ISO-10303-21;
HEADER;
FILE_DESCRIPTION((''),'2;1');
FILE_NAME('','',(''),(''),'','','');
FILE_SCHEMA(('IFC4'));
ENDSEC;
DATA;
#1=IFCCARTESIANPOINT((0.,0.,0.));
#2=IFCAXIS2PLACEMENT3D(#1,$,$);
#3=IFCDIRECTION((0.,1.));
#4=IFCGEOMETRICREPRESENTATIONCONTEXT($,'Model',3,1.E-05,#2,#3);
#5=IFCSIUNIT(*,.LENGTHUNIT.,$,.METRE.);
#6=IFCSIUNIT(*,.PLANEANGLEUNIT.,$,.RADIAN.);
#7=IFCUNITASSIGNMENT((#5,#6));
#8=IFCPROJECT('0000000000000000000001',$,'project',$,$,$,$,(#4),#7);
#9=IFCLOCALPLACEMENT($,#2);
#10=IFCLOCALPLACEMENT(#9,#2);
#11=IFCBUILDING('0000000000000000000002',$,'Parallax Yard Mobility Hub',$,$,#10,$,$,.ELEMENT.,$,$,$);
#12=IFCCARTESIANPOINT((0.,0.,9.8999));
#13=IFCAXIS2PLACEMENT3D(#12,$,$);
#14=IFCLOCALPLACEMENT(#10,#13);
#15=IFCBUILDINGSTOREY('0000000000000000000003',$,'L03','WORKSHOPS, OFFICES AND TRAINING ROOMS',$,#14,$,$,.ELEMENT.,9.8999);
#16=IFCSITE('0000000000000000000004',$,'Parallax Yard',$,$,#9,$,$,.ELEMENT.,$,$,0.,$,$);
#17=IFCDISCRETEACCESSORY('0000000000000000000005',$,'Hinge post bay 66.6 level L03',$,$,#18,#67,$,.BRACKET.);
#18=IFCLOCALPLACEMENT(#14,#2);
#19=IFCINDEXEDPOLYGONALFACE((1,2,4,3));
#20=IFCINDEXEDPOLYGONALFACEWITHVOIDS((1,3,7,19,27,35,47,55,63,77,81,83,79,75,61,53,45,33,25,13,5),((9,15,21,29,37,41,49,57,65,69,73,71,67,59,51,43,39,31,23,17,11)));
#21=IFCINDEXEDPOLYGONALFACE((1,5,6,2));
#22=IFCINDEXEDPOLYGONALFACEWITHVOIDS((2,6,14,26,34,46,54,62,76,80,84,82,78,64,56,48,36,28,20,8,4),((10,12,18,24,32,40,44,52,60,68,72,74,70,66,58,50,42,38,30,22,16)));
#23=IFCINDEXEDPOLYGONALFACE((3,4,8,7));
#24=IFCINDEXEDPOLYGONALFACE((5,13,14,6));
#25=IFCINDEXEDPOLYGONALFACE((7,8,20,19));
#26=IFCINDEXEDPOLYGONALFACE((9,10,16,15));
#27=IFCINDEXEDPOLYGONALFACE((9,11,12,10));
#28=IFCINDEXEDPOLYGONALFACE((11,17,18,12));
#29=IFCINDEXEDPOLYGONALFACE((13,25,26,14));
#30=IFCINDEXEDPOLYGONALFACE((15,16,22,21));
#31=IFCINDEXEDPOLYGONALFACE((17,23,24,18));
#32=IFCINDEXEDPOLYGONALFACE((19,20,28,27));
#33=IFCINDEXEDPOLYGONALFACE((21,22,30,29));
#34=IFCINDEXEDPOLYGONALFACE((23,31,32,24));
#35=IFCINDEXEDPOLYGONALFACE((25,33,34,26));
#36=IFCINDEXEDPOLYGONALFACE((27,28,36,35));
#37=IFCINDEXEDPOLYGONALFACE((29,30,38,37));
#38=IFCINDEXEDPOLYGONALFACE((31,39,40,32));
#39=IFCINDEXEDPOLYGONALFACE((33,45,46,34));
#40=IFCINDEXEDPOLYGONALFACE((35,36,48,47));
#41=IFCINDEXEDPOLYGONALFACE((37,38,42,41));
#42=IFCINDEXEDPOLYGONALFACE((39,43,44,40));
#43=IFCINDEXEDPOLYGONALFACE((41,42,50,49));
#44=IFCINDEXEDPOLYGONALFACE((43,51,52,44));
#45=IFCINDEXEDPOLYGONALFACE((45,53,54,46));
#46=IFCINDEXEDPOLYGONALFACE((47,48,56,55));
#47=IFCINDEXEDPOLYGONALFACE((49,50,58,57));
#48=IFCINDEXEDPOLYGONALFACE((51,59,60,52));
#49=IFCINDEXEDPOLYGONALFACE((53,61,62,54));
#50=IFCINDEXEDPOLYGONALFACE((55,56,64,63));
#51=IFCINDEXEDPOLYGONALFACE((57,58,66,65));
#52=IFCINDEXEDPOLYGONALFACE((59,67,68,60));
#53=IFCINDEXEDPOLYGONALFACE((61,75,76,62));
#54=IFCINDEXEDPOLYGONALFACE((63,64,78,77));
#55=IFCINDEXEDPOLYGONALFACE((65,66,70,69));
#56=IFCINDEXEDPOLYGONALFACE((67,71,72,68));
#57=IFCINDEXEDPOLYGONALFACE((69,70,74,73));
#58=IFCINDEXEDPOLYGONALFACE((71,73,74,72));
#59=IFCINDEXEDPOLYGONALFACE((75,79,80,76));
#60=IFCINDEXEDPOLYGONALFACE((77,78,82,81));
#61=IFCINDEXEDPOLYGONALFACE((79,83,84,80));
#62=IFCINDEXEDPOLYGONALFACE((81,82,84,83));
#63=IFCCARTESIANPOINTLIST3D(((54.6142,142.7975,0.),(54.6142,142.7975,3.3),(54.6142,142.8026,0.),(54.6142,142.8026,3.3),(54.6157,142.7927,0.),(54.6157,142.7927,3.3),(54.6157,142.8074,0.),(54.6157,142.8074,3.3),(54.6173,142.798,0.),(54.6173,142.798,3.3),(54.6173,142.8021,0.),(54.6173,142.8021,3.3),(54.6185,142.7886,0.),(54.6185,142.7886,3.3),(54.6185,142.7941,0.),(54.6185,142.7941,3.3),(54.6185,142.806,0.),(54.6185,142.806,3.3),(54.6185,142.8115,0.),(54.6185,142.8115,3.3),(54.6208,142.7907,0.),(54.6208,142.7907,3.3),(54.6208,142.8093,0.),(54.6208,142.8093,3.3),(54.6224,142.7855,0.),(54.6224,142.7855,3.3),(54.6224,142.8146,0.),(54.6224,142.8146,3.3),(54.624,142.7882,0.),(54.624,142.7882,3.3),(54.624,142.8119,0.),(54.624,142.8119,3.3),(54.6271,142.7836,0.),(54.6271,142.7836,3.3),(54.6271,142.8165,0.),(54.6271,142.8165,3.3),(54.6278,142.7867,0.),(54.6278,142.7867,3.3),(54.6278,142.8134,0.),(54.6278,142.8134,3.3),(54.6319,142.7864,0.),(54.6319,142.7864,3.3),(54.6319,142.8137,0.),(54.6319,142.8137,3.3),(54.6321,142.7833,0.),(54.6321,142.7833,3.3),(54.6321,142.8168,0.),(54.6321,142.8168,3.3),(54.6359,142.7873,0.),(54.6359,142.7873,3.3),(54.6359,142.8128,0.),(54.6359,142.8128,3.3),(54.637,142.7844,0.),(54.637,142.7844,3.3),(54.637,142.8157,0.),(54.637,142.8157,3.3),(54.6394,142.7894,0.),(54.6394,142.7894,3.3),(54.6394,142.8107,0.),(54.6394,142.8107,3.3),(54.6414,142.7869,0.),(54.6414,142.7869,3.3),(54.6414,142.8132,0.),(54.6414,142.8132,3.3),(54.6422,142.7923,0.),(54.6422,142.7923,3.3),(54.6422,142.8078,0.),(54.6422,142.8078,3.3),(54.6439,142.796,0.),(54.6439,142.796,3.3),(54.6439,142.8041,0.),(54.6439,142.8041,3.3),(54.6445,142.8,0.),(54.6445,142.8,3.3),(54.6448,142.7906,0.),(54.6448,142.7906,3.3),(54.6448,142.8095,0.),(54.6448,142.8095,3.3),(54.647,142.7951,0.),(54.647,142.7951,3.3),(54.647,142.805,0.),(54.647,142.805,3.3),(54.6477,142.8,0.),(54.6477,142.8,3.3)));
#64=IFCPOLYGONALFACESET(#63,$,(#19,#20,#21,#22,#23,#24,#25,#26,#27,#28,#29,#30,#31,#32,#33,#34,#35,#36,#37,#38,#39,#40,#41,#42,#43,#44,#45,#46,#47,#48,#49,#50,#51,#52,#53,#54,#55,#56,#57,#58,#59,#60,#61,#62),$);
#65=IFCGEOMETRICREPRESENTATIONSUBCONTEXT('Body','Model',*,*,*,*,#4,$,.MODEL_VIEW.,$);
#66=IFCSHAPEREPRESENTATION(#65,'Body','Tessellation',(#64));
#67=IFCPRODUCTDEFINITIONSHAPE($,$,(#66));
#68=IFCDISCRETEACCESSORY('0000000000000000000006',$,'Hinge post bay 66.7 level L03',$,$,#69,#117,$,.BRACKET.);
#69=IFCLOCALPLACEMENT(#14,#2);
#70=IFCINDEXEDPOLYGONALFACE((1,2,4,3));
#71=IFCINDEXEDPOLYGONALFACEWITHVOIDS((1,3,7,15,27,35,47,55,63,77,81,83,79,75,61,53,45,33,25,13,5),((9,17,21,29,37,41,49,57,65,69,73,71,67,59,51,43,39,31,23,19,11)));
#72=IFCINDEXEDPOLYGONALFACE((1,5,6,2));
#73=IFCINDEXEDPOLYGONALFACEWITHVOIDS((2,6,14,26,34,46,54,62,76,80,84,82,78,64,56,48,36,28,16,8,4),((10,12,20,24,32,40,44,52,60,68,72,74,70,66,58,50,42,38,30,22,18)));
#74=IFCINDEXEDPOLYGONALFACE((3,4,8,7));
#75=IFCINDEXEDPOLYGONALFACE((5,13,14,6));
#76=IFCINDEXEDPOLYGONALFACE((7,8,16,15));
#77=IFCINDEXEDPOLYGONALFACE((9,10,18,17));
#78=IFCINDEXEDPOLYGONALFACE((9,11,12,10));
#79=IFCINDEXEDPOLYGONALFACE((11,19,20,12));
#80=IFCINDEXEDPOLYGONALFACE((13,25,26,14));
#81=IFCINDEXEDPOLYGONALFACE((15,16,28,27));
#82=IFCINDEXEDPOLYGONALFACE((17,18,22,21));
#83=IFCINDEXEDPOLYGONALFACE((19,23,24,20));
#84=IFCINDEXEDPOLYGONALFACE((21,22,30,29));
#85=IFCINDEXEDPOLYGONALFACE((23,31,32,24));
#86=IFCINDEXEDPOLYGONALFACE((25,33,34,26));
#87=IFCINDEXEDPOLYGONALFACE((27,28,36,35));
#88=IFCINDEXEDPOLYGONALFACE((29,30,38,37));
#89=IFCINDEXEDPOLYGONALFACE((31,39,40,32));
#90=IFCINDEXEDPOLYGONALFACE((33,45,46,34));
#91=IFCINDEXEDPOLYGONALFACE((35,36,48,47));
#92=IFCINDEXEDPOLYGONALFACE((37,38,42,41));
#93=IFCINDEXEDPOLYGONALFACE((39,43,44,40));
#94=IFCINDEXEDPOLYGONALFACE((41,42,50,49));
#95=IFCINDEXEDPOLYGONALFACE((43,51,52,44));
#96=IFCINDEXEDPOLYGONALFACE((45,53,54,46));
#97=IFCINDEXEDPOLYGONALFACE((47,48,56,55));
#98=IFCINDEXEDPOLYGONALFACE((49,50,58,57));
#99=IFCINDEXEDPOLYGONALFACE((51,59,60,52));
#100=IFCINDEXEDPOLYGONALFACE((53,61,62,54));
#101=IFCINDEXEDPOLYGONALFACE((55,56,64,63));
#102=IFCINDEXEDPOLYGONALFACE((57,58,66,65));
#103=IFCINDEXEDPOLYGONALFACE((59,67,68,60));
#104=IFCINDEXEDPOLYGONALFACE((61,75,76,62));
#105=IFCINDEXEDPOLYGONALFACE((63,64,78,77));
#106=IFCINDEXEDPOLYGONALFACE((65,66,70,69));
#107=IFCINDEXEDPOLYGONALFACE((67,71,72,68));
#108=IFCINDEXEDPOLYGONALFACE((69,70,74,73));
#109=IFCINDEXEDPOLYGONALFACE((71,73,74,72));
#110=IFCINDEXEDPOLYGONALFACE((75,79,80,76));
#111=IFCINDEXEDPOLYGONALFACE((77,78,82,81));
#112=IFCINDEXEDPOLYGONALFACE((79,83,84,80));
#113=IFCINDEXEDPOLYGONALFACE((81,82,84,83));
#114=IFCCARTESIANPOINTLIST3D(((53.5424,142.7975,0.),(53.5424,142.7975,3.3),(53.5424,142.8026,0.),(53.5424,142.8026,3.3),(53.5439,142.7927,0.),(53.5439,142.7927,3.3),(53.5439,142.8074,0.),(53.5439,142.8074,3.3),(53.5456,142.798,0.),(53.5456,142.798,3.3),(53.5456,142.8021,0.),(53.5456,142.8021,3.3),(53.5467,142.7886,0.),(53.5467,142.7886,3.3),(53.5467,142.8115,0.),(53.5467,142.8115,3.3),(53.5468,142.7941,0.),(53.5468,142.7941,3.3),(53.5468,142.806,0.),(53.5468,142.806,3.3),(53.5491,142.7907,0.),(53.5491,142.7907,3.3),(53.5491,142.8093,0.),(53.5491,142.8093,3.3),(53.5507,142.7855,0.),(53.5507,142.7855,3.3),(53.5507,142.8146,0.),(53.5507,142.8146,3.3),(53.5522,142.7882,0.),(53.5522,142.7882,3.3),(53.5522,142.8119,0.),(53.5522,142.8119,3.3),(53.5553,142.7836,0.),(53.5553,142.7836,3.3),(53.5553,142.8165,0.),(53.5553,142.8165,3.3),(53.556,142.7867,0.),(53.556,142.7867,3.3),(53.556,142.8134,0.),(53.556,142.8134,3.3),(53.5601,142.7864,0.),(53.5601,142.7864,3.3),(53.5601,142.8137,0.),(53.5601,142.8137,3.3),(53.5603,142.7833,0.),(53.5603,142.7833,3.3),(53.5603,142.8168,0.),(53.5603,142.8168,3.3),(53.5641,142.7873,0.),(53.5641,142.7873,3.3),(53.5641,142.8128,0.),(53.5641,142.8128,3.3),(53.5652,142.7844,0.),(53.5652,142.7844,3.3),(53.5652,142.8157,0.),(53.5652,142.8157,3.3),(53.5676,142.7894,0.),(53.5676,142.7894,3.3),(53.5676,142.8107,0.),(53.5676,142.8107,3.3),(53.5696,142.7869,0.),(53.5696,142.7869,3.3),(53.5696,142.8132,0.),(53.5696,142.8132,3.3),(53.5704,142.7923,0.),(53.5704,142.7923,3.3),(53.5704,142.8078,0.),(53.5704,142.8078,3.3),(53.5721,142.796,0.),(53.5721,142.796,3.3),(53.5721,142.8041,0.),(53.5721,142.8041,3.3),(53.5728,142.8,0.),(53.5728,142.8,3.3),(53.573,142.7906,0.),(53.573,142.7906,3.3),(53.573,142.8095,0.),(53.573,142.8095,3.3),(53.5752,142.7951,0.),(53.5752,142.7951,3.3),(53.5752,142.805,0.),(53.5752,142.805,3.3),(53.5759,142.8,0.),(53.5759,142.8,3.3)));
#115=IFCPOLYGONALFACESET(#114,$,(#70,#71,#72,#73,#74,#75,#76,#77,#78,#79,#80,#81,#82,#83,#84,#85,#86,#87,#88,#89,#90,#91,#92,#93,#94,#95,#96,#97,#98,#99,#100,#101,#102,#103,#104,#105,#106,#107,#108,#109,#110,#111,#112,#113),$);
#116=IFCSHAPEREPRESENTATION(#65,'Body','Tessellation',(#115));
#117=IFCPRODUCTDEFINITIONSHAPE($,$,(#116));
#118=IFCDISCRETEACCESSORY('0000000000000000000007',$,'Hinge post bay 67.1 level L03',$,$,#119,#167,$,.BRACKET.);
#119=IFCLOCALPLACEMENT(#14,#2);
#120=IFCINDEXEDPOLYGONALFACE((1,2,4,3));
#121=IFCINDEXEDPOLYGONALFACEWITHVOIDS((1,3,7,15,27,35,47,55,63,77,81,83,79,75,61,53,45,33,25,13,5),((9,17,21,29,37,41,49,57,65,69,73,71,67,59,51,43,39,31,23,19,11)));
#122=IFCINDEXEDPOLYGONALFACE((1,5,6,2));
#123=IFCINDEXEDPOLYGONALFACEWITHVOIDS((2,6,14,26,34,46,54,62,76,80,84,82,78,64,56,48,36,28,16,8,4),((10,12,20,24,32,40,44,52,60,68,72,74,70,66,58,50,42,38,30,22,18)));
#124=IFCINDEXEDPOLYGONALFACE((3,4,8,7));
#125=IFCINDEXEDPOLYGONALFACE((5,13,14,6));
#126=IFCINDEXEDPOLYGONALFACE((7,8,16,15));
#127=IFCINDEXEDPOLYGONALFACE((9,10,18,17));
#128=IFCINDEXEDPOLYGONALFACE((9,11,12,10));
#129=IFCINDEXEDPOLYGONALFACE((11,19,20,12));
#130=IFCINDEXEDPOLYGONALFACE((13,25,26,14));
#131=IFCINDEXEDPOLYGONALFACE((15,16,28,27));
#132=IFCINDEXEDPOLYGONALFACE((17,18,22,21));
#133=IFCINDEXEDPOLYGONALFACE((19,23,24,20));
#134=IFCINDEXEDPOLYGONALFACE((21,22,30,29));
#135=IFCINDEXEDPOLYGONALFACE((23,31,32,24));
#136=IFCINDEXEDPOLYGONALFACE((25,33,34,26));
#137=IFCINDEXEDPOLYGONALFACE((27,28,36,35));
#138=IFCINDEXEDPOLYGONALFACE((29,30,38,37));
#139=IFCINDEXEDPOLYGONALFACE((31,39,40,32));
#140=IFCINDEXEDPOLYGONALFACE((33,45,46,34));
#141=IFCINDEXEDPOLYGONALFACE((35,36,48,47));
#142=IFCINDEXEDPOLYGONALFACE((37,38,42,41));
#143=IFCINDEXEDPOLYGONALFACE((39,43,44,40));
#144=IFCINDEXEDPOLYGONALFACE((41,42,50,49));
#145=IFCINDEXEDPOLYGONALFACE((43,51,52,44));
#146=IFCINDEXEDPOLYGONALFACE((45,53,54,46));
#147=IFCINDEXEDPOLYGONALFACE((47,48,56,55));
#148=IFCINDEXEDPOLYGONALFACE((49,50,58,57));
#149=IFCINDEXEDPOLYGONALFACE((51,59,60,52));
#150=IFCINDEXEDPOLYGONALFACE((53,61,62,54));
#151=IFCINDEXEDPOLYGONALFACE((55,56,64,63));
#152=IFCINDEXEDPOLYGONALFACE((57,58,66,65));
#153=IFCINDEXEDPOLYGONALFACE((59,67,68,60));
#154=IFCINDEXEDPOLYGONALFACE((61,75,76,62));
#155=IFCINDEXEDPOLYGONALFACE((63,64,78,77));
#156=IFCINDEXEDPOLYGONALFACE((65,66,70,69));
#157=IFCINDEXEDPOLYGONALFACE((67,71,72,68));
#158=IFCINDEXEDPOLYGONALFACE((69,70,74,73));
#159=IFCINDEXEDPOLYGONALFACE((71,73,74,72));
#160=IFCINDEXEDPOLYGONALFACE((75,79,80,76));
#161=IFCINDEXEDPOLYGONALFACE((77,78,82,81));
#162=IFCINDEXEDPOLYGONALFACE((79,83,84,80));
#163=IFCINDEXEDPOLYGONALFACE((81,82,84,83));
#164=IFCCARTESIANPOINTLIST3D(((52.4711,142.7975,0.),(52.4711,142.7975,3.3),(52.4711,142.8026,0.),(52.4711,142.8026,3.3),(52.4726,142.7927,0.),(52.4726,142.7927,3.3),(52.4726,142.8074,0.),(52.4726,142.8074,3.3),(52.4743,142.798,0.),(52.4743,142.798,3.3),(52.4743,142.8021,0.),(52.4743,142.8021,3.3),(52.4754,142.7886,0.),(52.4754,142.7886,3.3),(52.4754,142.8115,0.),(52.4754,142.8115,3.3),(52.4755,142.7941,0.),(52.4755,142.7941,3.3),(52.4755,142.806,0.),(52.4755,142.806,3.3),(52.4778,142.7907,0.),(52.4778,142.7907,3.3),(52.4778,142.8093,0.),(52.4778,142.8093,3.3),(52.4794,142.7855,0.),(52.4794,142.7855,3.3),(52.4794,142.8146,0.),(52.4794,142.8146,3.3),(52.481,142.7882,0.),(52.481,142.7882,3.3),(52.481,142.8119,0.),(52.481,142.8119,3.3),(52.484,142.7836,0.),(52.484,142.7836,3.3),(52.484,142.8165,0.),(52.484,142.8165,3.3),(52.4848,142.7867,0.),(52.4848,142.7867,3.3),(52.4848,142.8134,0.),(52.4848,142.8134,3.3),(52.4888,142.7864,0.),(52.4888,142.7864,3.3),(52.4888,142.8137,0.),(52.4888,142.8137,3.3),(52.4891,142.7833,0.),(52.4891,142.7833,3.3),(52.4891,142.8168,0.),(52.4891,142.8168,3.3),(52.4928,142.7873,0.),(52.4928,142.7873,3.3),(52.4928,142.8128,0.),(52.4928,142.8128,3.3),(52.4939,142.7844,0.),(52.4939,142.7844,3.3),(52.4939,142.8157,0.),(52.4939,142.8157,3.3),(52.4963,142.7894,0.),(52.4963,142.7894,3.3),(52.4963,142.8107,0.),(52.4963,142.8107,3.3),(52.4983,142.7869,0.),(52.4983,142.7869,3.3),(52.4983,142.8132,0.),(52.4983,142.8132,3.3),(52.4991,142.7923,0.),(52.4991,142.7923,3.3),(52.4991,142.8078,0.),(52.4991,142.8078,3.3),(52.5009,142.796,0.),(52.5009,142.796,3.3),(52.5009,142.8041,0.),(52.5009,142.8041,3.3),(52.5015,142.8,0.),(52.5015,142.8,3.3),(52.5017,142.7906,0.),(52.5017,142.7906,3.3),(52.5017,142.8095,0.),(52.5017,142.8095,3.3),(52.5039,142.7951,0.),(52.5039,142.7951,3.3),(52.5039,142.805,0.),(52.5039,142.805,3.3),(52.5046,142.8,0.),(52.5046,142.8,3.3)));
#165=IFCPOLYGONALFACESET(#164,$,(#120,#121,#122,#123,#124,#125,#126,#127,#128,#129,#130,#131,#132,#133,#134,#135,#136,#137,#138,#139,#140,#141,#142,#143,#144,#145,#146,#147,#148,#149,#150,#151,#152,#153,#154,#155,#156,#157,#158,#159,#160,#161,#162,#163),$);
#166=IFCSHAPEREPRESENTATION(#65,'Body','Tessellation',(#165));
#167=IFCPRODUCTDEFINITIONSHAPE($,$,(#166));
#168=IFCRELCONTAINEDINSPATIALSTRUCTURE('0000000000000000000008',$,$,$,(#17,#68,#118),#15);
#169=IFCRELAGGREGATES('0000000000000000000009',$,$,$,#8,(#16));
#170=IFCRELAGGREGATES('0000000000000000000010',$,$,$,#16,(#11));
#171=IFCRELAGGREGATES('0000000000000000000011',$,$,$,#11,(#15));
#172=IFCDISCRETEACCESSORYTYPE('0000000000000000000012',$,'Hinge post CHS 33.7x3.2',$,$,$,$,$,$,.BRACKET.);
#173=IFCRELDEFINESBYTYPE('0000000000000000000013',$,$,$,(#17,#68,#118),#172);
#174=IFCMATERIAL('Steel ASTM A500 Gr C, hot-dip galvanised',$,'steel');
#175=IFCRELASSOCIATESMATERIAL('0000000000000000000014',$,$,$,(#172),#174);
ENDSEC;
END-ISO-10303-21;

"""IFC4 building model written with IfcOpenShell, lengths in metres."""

from ifc_helpers import new_model, si_unit, direction, frame, origin, origin_2d, place, context, subcontext, project, spatial, hollow_circle, extrude, material, material_profile, profile_set, type_object, element, save


model = new_model("IFC4")

# Units and contexts
model_context = context("Model", 3, precision=1e-05, world=origin(), true_north=direction((0.0, 1.0)))
body_context = subcontext(model_context, "Body", "Model", "MODEL_VIEW")
ifc_project = project(units=[si_unit("LENGTHUNIT", "METRE"), si_unit("PLANEANGLEUNIT", "RADIAN")], contexts=[model_context])

# Site, building, storey
site_placement = place(None, origin())
site = spatial("IfcSite", under=ifc_project, at=site_placement, Name="Parallax Yard", CompositionType="ELEMENT", RefElevation=0.0)
building_placement = place(site_placement, origin())
building = spatial("IfcBuilding", under=site, at=building_placement, Name="Parallax Yard Mobility Hub", CompositionType="ELEMENT")
storey_placement = place(building_placement, frame((0.0, 0.0, 9.8999)))
storey = spatial("IfcBuildingStorey", under=building, at=storey_placement, Name="L03", Description="WORKSHOPS, OFFICES AND TRAINING ROOMS", CompositionType="ELEMENT", Elevation=9.8999)

# Discrete accessories
ifc_material_1 = material(Name="Steel ASTM A500 Gr C, hot-dip galvanised", Category="steel")
ifc_material_profile = material_profile(ifc_material_1, hollow_circle(Radius=0.0168, WallThickness=0.0032, at=origin_2d()), Name="CHS 33.7x3.2")
ifc_profile_set = profile_set([ifc_material_profile], Name="Steel ASTM A500 Gr C, hot-dip galvanised")
discrete_accessory_type_1 = type_object("IfcDiscreteAccessoryType", Name="Hinge post CHS 33.7x3.2", PredefinedType="BRACKET", material=ifc_profile_set)
for number, where, z_axis, x_axis, name in (
    (1, (54.6309, 142.8, 0.0), (0.0, 0.0, 1.0), (1.0, 0.0, 0.0), "Hinge post bay 66.6 level L03"),
    (2, (53.5591, 142.8, 0.0), (0.0, 0.0, 1.0), (1.0, 0.0, 0.0), "Hinge post bay 66.7 level L03"),
    (3, (52.4878, 142.8, 0.0), (0.0, 0.0, 1.0), (1.0, 0.0, 0.0), "Hinge post bay 67.1 level L03"),
):
    element("IfcDiscreteAccessory", number, at=place(storey_placement, frame(where, z_axis=z_axis, x_axis=x_axis)), inside=storey, type_object=discrete_accessory_type_1, Name=name, PredefinedType="BRACKET", context=body_context, shape_type="SweptSolid", body=[
        extrude(hollow_circle(Radius=0.0168, WallThickness=0.0032, at=origin_2d()), origin(), (0.0, 0.0, 1.0), 3.3),
    ])

save(model, "model.ifc")
